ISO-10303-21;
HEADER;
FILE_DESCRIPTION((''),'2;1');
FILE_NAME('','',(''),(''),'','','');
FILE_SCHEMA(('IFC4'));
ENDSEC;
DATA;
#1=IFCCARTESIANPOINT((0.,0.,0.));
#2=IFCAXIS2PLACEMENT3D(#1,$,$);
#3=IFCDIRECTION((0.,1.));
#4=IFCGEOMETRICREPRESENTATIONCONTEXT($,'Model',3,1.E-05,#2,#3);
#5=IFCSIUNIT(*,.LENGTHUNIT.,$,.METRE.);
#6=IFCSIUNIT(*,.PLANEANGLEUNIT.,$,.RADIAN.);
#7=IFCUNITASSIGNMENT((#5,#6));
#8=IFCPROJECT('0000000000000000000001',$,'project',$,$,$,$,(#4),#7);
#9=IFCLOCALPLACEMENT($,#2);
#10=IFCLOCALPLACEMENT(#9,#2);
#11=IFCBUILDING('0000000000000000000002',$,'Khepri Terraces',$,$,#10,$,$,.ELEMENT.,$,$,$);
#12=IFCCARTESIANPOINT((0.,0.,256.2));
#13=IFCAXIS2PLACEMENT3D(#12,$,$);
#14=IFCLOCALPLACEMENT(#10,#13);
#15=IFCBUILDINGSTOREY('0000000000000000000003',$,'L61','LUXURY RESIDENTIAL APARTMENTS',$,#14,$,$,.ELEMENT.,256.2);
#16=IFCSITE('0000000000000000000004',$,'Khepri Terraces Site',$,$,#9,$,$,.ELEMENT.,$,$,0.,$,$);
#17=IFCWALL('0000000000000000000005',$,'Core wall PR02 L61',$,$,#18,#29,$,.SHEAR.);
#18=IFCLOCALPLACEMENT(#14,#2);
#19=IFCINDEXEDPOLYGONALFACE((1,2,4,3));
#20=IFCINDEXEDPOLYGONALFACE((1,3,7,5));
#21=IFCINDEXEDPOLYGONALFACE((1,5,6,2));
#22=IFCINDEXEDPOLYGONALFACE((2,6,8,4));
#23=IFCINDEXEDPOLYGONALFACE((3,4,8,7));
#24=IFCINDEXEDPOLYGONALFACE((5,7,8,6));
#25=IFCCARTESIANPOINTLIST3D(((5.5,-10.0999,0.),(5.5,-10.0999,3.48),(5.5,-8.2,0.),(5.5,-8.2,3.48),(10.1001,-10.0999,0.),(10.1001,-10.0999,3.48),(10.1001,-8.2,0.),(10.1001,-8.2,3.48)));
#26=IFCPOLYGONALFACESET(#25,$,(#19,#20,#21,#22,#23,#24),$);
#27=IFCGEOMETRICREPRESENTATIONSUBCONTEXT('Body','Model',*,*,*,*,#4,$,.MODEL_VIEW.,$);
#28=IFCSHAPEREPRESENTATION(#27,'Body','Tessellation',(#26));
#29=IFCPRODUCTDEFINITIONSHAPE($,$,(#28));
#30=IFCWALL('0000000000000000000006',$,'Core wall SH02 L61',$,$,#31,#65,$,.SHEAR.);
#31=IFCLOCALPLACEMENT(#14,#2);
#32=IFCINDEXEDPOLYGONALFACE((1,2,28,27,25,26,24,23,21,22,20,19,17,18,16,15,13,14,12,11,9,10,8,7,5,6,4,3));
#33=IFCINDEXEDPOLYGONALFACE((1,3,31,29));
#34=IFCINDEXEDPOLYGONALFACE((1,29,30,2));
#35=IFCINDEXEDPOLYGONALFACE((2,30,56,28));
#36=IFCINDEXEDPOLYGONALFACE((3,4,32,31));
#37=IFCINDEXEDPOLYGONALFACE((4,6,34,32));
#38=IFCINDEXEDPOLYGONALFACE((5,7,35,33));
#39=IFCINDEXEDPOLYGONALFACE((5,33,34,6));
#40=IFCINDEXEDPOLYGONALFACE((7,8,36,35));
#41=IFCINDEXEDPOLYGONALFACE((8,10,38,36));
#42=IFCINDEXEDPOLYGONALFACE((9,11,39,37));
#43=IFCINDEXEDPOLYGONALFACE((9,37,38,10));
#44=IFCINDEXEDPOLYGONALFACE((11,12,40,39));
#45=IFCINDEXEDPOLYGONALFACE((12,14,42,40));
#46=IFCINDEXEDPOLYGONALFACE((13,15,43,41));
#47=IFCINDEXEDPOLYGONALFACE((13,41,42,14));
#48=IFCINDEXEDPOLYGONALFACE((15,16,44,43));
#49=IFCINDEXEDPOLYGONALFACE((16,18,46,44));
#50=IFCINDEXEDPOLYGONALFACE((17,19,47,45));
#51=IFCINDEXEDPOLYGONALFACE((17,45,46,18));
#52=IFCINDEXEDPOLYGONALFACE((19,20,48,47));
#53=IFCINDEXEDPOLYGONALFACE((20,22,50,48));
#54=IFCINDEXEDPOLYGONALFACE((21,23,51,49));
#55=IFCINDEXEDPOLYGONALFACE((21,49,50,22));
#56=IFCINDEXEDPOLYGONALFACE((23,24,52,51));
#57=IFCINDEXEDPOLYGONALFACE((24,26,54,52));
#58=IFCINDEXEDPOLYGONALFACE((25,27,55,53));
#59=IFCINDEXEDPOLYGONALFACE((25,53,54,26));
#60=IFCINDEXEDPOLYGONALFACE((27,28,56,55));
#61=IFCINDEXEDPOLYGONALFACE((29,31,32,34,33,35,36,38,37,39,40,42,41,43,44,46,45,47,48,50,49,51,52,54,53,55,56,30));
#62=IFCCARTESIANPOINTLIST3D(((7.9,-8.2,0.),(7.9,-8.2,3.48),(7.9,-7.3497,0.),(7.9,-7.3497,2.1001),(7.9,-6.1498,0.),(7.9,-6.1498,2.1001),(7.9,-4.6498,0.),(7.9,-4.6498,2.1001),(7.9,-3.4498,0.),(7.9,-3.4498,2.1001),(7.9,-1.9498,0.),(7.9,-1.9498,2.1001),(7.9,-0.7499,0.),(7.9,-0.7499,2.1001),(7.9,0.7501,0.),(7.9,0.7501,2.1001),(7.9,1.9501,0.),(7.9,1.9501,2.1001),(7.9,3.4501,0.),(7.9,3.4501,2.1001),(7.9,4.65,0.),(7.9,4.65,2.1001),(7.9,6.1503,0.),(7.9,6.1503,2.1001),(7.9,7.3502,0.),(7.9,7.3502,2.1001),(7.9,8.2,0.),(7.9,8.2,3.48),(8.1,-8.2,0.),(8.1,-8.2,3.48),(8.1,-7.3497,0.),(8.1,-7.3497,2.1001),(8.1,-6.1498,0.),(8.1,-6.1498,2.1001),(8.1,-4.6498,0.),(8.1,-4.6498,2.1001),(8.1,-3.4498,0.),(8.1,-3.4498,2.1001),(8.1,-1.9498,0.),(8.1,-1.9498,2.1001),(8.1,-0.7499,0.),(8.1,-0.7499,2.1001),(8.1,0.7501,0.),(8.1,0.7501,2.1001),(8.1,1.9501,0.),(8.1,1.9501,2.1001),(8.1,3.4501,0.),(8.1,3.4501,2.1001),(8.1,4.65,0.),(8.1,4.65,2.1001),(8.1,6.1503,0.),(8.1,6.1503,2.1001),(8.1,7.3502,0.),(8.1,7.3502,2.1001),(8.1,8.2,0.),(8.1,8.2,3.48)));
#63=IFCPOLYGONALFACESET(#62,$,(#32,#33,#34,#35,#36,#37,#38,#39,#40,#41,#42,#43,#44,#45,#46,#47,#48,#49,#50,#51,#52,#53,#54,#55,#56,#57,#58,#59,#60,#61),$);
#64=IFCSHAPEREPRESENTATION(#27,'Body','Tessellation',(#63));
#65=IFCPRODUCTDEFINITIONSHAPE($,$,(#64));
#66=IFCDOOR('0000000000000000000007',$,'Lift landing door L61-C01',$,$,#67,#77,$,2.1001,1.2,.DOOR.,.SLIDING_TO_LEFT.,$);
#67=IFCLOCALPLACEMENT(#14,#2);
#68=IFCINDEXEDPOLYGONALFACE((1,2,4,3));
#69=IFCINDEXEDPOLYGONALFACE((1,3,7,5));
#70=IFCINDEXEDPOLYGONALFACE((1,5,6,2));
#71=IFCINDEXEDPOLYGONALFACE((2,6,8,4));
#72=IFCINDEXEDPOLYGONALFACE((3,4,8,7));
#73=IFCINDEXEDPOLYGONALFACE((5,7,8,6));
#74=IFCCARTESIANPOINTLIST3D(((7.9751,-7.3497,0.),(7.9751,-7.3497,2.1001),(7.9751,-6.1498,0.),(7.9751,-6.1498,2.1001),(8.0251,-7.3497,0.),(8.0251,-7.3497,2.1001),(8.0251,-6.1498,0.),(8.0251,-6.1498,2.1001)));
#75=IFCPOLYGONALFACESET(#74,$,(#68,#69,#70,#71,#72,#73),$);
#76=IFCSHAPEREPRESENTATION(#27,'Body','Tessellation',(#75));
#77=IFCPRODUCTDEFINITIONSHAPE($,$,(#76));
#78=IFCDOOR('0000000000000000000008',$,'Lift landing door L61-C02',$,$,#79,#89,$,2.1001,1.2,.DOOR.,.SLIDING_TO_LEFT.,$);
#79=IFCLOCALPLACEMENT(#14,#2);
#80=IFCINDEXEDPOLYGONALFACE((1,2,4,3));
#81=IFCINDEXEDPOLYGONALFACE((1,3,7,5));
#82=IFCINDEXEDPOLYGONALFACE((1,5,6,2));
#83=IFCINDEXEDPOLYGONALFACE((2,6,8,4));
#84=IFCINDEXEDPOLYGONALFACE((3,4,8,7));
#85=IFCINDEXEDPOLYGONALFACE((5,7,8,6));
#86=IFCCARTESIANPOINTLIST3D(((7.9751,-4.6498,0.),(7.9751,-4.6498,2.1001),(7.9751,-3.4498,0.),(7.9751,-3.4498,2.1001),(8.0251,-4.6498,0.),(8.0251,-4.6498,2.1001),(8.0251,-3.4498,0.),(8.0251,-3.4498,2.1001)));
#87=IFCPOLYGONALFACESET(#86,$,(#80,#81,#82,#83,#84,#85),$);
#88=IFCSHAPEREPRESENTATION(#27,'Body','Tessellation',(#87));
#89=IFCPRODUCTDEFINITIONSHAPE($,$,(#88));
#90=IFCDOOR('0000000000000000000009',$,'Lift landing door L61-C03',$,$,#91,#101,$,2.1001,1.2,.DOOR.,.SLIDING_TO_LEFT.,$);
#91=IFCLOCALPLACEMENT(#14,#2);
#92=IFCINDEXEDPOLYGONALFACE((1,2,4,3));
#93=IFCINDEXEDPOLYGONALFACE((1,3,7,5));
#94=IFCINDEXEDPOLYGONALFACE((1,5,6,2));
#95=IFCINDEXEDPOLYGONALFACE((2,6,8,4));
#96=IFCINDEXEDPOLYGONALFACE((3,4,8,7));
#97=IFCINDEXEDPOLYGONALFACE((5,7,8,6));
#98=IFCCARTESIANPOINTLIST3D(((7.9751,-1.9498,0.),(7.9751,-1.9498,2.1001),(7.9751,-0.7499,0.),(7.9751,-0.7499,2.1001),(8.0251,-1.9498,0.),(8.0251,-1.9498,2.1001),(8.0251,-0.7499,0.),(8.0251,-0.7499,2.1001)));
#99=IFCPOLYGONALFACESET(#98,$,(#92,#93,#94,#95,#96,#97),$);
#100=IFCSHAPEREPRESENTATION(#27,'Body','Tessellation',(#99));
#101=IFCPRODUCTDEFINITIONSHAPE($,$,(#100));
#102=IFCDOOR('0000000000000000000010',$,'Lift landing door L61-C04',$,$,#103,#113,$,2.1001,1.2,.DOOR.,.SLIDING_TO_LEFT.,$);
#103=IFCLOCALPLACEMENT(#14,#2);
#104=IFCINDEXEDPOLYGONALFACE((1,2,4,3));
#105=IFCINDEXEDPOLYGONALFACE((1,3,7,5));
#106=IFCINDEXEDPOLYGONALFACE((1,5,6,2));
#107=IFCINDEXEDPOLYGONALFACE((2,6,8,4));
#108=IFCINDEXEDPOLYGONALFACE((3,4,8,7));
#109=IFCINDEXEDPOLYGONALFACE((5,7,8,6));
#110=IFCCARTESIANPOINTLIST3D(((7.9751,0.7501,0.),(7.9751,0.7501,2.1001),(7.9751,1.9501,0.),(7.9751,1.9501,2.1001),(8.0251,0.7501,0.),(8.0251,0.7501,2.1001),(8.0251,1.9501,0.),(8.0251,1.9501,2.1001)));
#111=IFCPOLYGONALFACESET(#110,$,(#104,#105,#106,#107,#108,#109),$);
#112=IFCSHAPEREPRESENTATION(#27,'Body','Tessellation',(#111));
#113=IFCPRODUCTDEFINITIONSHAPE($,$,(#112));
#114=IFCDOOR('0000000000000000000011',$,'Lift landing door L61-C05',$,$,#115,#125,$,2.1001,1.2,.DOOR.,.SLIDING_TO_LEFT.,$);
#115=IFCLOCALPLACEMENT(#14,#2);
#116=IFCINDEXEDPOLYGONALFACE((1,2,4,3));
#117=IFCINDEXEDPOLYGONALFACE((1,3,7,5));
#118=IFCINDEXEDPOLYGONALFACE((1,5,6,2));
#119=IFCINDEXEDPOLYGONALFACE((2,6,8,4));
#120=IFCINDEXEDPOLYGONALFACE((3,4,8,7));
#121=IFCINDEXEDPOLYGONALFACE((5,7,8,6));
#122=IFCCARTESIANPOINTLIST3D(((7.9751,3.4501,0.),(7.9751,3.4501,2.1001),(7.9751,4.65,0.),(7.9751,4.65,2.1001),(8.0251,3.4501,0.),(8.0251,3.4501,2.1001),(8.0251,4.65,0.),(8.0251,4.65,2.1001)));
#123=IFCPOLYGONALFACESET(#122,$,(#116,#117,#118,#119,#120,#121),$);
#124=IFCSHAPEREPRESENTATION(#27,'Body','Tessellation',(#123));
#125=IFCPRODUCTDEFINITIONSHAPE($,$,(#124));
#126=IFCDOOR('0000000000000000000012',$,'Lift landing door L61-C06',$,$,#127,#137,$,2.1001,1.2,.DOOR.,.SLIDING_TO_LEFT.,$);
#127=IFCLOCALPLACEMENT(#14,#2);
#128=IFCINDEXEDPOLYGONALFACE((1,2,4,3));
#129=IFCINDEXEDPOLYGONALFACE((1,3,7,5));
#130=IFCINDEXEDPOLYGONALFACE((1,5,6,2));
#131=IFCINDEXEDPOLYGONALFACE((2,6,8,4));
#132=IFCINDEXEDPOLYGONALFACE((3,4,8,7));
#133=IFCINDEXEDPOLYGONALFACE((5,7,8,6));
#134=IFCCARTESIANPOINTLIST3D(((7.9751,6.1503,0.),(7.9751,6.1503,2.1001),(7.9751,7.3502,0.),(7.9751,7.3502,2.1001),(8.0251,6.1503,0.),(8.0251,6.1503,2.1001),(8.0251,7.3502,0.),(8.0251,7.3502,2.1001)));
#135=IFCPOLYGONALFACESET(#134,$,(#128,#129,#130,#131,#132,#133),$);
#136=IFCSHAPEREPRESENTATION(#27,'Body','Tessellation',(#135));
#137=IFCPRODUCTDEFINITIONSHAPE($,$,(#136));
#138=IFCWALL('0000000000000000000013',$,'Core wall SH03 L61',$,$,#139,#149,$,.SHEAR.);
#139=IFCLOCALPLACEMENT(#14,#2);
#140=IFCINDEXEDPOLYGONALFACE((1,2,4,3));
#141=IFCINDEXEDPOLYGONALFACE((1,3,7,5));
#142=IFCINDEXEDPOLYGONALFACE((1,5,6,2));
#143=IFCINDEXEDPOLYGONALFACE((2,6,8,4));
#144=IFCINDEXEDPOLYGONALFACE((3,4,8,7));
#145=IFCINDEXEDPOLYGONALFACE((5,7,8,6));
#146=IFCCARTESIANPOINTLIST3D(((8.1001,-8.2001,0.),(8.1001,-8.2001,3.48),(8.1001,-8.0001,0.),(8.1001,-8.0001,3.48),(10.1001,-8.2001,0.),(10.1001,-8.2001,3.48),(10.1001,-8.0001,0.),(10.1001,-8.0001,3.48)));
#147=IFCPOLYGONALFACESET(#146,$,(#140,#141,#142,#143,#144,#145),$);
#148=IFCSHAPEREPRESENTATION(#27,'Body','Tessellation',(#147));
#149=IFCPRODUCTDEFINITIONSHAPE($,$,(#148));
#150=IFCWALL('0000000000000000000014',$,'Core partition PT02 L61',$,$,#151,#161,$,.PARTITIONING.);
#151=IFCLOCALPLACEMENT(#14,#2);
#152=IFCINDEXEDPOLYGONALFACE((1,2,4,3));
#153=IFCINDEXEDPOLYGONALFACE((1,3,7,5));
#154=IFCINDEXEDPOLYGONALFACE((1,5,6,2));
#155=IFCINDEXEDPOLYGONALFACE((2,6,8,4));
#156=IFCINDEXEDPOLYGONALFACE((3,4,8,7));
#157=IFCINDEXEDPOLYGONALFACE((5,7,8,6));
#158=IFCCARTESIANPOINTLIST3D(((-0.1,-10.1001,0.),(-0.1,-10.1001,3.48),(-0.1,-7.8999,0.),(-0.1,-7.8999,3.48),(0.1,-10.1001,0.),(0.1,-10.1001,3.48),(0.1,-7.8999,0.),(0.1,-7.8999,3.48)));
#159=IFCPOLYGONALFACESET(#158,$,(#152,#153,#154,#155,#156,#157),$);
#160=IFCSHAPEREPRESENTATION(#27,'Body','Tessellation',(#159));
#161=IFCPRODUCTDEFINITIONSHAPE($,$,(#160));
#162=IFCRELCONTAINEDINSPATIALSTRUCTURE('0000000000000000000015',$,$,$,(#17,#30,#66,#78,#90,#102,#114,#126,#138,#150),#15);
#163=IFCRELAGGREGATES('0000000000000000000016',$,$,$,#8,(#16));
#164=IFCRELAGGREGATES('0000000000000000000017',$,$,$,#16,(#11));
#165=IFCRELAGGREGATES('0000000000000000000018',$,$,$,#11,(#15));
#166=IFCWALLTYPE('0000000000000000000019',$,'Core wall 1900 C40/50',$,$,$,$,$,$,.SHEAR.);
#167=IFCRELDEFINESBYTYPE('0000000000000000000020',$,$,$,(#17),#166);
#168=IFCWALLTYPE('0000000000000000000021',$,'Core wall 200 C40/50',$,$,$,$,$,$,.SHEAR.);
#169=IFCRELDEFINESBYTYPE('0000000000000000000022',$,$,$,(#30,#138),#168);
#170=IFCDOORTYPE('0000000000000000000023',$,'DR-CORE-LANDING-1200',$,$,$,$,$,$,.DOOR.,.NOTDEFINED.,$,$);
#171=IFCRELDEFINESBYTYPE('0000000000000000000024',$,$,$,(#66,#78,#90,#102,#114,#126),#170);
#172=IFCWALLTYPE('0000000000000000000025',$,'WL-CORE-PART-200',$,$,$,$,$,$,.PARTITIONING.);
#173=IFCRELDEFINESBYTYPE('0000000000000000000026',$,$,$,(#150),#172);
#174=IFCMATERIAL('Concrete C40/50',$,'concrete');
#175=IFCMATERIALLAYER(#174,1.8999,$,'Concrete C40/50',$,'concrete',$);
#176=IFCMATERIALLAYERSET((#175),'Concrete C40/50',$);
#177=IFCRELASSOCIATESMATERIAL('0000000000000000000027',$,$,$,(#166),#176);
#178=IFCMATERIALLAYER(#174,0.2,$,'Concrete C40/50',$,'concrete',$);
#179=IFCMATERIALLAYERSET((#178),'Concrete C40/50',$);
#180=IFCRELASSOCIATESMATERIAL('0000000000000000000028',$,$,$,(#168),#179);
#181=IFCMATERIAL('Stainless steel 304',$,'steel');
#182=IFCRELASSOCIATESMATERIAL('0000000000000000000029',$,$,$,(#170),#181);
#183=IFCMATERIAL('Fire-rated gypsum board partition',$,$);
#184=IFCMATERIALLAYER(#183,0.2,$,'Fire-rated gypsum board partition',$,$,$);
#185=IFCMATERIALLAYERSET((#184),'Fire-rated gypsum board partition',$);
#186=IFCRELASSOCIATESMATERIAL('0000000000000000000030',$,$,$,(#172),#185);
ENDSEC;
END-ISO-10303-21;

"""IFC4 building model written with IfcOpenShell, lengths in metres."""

from ifc_helpers import new_model, si_unit, direction, frame, frame_2d, origin, place, context, subcontext, project, spatial, rectangle, extrude, material, layer, layer_set, type_object, element, fill, save


model = new_model("IFC4")

# Units and contexts
model_context = context("Model", 3, precision=1e-05, world=origin(), true_north=direction((0.0, 1.0)))
body_context = subcontext(model_context, "Body", "Model", "MODEL_VIEW")
ifc_project = project(units=[si_unit("LENGTHUNIT", "METRE"), si_unit("PLANEANGLEUNIT", "RADIAN")], contexts=[model_context])

# Site, building, storey
site_placement = place(None, origin())
site = spatial("IfcSite", under=ifc_project, at=site_placement, Name="Khepri Terraces Site", CompositionType="ELEMENT", RefElevation=0.0)
building_placement = place(site_placement, origin())
building = spatial("IfcBuilding", under=site, at=building_placement, Name="Khepri Terraces", CompositionType="ELEMENT")
storey_placement = place(building_placement, frame((0.0, 0.0, 256.2)))
storey = spatial("IfcBuildingStorey", under=building, at=storey_placement, Name="L61", Description="LUXURY RESIDENTIAL APARTMENTS", CompositionType="ELEMENT", Elevation=256.2)

# Wall
ifc_material_1 = material(Name="Concrete C40/50", Category="concrete")
ifc_layer_1 = layer(ifc_material_1, 1.8999, Name="Concrete C40/50", Category="concrete")
ifc_layer_set_1 = layer_set([ifc_layer_1], Name="Concrete C40/50")
wall_type_1 = type_object("IfcWallType", Name="Core wall 1900 C40/50", PredefinedType="SHEAR", material=ifc_layer_set_1)
wall_1_placement = place(storey_placement, frame((5.5, -9.1499, 0.0), z_axis=(0.0, 0.0, 1.0), x_axis=(1.0, 0.0, 0.0)))
element("IfcWall", 1, at=wall_1_placement, inside=storey, type_object=wall_type_1, Name="Core wall PR02 L61", PredefinedType="SHEAR", context=body_context, shape_type="SweptSolid", body=[
    extrude(rectangle(XDim=4.6001, YDim=1.8999, at=frame_2d((2.3, 0.0))), origin(), (0.0, 0.0, 1.0), 3.48),
])

# Wall, openings, doors
ifc_layer_2 = layer(ifc_material_1, 0.2, Name="Concrete C40/50", Category="concrete")
ifc_layer_set_2 = layer_set([ifc_layer_2], Name="Concrete C40/50")
wall_type_2 = type_object("IfcWallType", Name="Core wall 200 C40/50", PredefinedType="SHEAR", material=ifc_layer_set_2)
wall_2_placement = place(storey_placement, frame((8.0, -8.2, 0.0), z_axis=(0.0, 0.0, 1.0), x_axis=(0.0, 1.0, 0.0)))
wall_2 = element("IfcWall", 2, at=wall_2_placement, inside=storey, type_object=wall_type_2, Name="Core wall SH02 L61", PredefinedType="SHEAR", context=body_context, shape_type="SweptSolid", body=[
    extrude(rectangle(XDim=16.3999, YDim=0.2, at=frame_2d((8.2, 0.0))), origin(), (0.0, 0.0, 1.0), 3.48),
])
opening_1_placement = place(wall_2_placement, frame((0.8501, 0.0, 0.0)))
opening_1 = element("IfcOpeningElement", 3, at=opening_1_placement, cuts=wall_2, PredefinedType="OPENING", context=body_context, shape_type="SweptSolid", body=[
    extrude(rectangle(XDim=1.2, YDim=2.1001, at=frame_2d((0.6001, 1.05))), frame((0.0, 0.1099, 0.0), z_axis=(0.0, -1.0, 0.0), x_axis=(1.0, 0.0, 0.0)), (0.0, 0.0, 1.0), 0.22),
])
opening_2_placement = place(wall_2_placement, frame((3.55, 0.0, 0.0)))
opening_2 = element("IfcOpeningElement", 4, at=opening_2_placement, cuts=wall_2, PredefinedType="OPENING", context=body_context, shape_type="SweptSolid", body=[
    extrude(rectangle(XDim=1.2, YDim=2.1001, at=frame_2d((0.6001, 1.05))), frame((0.0, 0.1099, 0.0), z_axis=(0.0, -1.0, 0.0), x_axis=(1.0, 0.0, 0.0)), (0.0, 0.0, 1.0), 0.22),
])
opening_3_placement = place(wall_2_placement, frame((6.25, 0.0, 0.0)))
opening_3 = element("IfcOpeningElement", 5, at=opening_3_placement, cuts=wall_2, PredefinedType="OPENING", context=body_context, shape_type="SweptSolid", body=[
    extrude(rectangle(XDim=1.2, YDim=2.1001, at=frame_2d((0.6001, 1.05))), frame((0.0, 0.1099, 0.0), z_axis=(0.0, -1.0, 0.0), x_axis=(1.0, 0.0, 0.0)), (0.0, 0.0, 1.0), 0.22),
])
opening_4_placement = place(wall_2_placement, frame((8.95, 0.0, 0.0)))
opening_4 = element("IfcOpeningElement", 6, at=opening_4_placement, cuts=wall_2, PredefinedType="OPENING", context=body_context, shape_type="SweptSolid", body=[
    extrude(rectangle(XDim=1.2, YDim=2.1001, at=frame_2d((0.6001, 1.05))), frame((0.0, 0.1099, 0.0), z_axis=(0.0, -1.0, 0.0), x_axis=(1.0, 0.0, 0.0)), (0.0, 0.0, 1.0), 0.22),
])
opening_5_placement = place(wall_2_placement, frame((11.6499, 0.0, 0.0)))
opening_5 = element("IfcOpeningElement", 7, at=opening_5_placement, cuts=wall_2, PredefinedType="OPENING", context=body_context, shape_type="SweptSolid", body=[
    extrude(rectangle(XDim=1.2, YDim=2.1001, at=frame_2d((0.6001, 1.05))), frame((0.0, 0.1099, 0.0), z_axis=(0.0, -1.0, 0.0), x_axis=(1.0, 0.0, 0.0)), (0.0, 0.0, 1.0), 0.22),
])
opening_6_placement = place(wall_2_placement, frame((14.3501, 0.0, 0.0)))
opening_6 = element("IfcOpeningElement", 8, at=opening_6_placement, cuts=wall_2, PredefinedType="OPENING", context=body_context, shape_type="SweptSolid", body=[
    extrude(rectangle(XDim=1.2, YDim=2.1001, at=frame_2d((0.6001, 1.05))), frame((0.0, 0.1099, 0.0), z_axis=(0.0, -1.0, 0.0), x_axis=(1.0, 0.0, 0.0)), (0.0, 0.0, 1.0), 0.22),
])
ifc_material_2 = material(Name="Stainless steel 304", Category="steel")
door_type_1 = type_object("IfcDoorType", Name="DR-CORE-LANDING-1200", OperationType="NOTDEFINED", PredefinedType="DOOR", material=ifc_material_2)
door_1_placement = place(opening_1_placement, origin())
door_1 = element("IfcDoor", 9, at=door_1_placement, inside=storey, type_object=door_type_1, Name="Lift landing door L61-C01", OperationType="SLIDING_TO_LEFT", OverallHeight=2.1001, OverallWidth=1.2, PredefinedType="DOOR", context=body_context, shape_type="SweptSolid", body=[
    extrude(rectangle(XDim=1.2, YDim=2.1001, at=frame_2d((0.6001, 1.05))), frame((0.0, 0.0249, 0.0), z_axis=(0.0, -1.0, 0.0), x_axis=(1.0, 0.0, 0.0)), (0.0, 0.0, 1.0), 0.05),
])
fill(opening_1, door_1)
door_2_placement = place(opening_2_placement, origin())
door_2 = element("IfcDoor", 10, at=door_2_placement, inside=storey, type_object=door_type_1, Name="Lift landing door L61-C02", OperationType="SLIDING_TO_LEFT", OverallHeight=2.1001, OverallWidth=1.2, PredefinedType="DOOR", context=body_context, shape_type="SweptSolid", body=[
    extrude(rectangle(XDim=1.2, YDim=2.1001, at=frame_2d((0.6001, 1.05))), frame((0.0, 0.0249, 0.0), z_axis=(0.0, -1.0, 0.0), x_axis=(1.0, 0.0, 0.0)), (0.0, 0.0, 1.0), 0.05),
])
fill(opening_2, door_2)
door_3_placement = place(opening_3_placement, origin())
door_3 = element("IfcDoor", 11, at=door_3_placement, inside=storey, type_object=door_type_1, Name="Lift landing door L61-C03", OperationType="SLIDING_TO_LEFT", OverallHeight=2.1001, OverallWidth=1.2, PredefinedType="DOOR", context=body_context, shape_type="SweptSolid", body=[
    extrude(rectangle(XDim=1.2, YDim=2.1001, at=frame_2d((0.6001, 1.05))), frame((0.0, 0.0249, 0.0), z_axis=(0.0, -1.0, 0.0), x_axis=(1.0, 0.0, 0.0)), (0.0, 0.0, 1.0), 0.05),
])
fill(opening_3, door_3)
door_4_placement = place(opening_4_placement, origin())
door_4 = element("IfcDoor", 12, at=door_4_placement, inside=storey, type_object=door_type_1, Name="Lift landing door L61-C04", OperationType="SLIDING_TO_LEFT", OverallHeight=2.1001, OverallWidth=1.2, PredefinedType="DOOR", context=body_context, shape_type="SweptSolid", body=[
    extrude(rectangle(XDim=1.2, YDim=2.1001, at=frame_2d((0.6001, 1.05))), frame((0.0, 0.0249, 0.0), z_axis=(0.0, -1.0, 0.0), x_axis=(1.0, 0.0, 0.0)), (0.0, 0.0, 1.0), 0.05),
])
fill(opening_4, door_4)
door_5_placement = place(opening_5_placement, origin())
door_5 = element("IfcDoor", 13, at=door_5_placement, inside=storey, type_object=door_type_1, Name="Lift landing door L61-C05", OperationType="SLIDING_TO_LEFT", OverallHeight=2.1001, OverallWidth=1.2, PredefinedType="DOOR", context=body_context, shape_type="SweptSolid", body=[
    extrude(rectangle(XDim=1.2, YDim=2.1001, at=frame_2d((0.6001, 1.05))), frame((0.0, 0.0249, 0.0), z_axis=(0.0, -1.0, 0.0), x_axis=(1.0, 0.0, 0.0)), (0.0, 0.0, 1.0), 0.05),
])
fill(opening_5, door_5)
door_6_placement = place(opening_6_placement, origin())
door_6 = element("IfcDoor", 14, at=door_6_placement, inside=storey, type_object=door_type_1, Name="Lift landing door L61-C06", OperationType="SLIDING_TO_LEFT", OverallHeight=2.1001, OverallWidth=1.2, PredefinedType="DOOR", context=body_context, shape_type="SweptSolid", body=[
    extrude(rectangle(XDim=1.2, YDim=2.1001, at=frame_2d((0.6001, 1.05))), frame((0.0, 0.0249, 0.0), z_axis=(0.0, -1.0, 0.0), x_axis=(1.0, 0.0, 0.0)), (0.0, 0.0, 1.0), 0.05),
])
fill(opening_6, door_6)

# Walls
wall_3_placement = place(storey_placement, frame((8.1001, -8.1001, 0.0), z_axis=(0.0, 0.0, 1.0), x_axis=(1.0, 0.0, 0.0)))
element("IfcWall", 15, at=wall_3_placement, inside=storey, type_object=wall_type_2, Name="Core wall SH03 L61", PredefinedType="SHEAR", context=body_context, shape_type="SweptSolid", body=[
    extrude(rectangle(XDim=2.0, YDim=0.2, at=frame_2d((1.0, 0.0))), origin(), (0.0, 0.0, 1.0), 3.48),
])
ifc_material_3 = material(Name="Fire-rated gypsum board partition")
ifc_layer_3 = layer(ifc_material_3, 0.2, Name="Fire-rated gypsum board partition")
ifc_layer_set_3 = layer_set([ifc_layer_3], Name="Fire-rated gypsum board partition")
wall_type_3 = type_object("IfcWallType", Name="WL-CORE-PART-200", PredefinedType="PARTITIONING", material=ifc_layer_set_3)
wall_4_placement = place(storey_placement, frame((0.0, -10.1001, 0.0), z_axis=(0.0, 0.0, 1.0), x_axis=(0.0, 1.0, 0.0)))
element("IfcWall", 16, at=wall_4_placement, inside=storey, type_object=wall_type_3, Name="Core partition PT02 L61", PredefinedType="PARTITIONING", context=body_context, shape_type="SweptSolid", body=[
    extrude(rectangle(XDim=2.2002, YDim=0.2, at=frame_2d((1.1001, 0.0))), origin(), (0.0, 0.0, 1.0), 3.48),
])

save(model, "model.ifc")
